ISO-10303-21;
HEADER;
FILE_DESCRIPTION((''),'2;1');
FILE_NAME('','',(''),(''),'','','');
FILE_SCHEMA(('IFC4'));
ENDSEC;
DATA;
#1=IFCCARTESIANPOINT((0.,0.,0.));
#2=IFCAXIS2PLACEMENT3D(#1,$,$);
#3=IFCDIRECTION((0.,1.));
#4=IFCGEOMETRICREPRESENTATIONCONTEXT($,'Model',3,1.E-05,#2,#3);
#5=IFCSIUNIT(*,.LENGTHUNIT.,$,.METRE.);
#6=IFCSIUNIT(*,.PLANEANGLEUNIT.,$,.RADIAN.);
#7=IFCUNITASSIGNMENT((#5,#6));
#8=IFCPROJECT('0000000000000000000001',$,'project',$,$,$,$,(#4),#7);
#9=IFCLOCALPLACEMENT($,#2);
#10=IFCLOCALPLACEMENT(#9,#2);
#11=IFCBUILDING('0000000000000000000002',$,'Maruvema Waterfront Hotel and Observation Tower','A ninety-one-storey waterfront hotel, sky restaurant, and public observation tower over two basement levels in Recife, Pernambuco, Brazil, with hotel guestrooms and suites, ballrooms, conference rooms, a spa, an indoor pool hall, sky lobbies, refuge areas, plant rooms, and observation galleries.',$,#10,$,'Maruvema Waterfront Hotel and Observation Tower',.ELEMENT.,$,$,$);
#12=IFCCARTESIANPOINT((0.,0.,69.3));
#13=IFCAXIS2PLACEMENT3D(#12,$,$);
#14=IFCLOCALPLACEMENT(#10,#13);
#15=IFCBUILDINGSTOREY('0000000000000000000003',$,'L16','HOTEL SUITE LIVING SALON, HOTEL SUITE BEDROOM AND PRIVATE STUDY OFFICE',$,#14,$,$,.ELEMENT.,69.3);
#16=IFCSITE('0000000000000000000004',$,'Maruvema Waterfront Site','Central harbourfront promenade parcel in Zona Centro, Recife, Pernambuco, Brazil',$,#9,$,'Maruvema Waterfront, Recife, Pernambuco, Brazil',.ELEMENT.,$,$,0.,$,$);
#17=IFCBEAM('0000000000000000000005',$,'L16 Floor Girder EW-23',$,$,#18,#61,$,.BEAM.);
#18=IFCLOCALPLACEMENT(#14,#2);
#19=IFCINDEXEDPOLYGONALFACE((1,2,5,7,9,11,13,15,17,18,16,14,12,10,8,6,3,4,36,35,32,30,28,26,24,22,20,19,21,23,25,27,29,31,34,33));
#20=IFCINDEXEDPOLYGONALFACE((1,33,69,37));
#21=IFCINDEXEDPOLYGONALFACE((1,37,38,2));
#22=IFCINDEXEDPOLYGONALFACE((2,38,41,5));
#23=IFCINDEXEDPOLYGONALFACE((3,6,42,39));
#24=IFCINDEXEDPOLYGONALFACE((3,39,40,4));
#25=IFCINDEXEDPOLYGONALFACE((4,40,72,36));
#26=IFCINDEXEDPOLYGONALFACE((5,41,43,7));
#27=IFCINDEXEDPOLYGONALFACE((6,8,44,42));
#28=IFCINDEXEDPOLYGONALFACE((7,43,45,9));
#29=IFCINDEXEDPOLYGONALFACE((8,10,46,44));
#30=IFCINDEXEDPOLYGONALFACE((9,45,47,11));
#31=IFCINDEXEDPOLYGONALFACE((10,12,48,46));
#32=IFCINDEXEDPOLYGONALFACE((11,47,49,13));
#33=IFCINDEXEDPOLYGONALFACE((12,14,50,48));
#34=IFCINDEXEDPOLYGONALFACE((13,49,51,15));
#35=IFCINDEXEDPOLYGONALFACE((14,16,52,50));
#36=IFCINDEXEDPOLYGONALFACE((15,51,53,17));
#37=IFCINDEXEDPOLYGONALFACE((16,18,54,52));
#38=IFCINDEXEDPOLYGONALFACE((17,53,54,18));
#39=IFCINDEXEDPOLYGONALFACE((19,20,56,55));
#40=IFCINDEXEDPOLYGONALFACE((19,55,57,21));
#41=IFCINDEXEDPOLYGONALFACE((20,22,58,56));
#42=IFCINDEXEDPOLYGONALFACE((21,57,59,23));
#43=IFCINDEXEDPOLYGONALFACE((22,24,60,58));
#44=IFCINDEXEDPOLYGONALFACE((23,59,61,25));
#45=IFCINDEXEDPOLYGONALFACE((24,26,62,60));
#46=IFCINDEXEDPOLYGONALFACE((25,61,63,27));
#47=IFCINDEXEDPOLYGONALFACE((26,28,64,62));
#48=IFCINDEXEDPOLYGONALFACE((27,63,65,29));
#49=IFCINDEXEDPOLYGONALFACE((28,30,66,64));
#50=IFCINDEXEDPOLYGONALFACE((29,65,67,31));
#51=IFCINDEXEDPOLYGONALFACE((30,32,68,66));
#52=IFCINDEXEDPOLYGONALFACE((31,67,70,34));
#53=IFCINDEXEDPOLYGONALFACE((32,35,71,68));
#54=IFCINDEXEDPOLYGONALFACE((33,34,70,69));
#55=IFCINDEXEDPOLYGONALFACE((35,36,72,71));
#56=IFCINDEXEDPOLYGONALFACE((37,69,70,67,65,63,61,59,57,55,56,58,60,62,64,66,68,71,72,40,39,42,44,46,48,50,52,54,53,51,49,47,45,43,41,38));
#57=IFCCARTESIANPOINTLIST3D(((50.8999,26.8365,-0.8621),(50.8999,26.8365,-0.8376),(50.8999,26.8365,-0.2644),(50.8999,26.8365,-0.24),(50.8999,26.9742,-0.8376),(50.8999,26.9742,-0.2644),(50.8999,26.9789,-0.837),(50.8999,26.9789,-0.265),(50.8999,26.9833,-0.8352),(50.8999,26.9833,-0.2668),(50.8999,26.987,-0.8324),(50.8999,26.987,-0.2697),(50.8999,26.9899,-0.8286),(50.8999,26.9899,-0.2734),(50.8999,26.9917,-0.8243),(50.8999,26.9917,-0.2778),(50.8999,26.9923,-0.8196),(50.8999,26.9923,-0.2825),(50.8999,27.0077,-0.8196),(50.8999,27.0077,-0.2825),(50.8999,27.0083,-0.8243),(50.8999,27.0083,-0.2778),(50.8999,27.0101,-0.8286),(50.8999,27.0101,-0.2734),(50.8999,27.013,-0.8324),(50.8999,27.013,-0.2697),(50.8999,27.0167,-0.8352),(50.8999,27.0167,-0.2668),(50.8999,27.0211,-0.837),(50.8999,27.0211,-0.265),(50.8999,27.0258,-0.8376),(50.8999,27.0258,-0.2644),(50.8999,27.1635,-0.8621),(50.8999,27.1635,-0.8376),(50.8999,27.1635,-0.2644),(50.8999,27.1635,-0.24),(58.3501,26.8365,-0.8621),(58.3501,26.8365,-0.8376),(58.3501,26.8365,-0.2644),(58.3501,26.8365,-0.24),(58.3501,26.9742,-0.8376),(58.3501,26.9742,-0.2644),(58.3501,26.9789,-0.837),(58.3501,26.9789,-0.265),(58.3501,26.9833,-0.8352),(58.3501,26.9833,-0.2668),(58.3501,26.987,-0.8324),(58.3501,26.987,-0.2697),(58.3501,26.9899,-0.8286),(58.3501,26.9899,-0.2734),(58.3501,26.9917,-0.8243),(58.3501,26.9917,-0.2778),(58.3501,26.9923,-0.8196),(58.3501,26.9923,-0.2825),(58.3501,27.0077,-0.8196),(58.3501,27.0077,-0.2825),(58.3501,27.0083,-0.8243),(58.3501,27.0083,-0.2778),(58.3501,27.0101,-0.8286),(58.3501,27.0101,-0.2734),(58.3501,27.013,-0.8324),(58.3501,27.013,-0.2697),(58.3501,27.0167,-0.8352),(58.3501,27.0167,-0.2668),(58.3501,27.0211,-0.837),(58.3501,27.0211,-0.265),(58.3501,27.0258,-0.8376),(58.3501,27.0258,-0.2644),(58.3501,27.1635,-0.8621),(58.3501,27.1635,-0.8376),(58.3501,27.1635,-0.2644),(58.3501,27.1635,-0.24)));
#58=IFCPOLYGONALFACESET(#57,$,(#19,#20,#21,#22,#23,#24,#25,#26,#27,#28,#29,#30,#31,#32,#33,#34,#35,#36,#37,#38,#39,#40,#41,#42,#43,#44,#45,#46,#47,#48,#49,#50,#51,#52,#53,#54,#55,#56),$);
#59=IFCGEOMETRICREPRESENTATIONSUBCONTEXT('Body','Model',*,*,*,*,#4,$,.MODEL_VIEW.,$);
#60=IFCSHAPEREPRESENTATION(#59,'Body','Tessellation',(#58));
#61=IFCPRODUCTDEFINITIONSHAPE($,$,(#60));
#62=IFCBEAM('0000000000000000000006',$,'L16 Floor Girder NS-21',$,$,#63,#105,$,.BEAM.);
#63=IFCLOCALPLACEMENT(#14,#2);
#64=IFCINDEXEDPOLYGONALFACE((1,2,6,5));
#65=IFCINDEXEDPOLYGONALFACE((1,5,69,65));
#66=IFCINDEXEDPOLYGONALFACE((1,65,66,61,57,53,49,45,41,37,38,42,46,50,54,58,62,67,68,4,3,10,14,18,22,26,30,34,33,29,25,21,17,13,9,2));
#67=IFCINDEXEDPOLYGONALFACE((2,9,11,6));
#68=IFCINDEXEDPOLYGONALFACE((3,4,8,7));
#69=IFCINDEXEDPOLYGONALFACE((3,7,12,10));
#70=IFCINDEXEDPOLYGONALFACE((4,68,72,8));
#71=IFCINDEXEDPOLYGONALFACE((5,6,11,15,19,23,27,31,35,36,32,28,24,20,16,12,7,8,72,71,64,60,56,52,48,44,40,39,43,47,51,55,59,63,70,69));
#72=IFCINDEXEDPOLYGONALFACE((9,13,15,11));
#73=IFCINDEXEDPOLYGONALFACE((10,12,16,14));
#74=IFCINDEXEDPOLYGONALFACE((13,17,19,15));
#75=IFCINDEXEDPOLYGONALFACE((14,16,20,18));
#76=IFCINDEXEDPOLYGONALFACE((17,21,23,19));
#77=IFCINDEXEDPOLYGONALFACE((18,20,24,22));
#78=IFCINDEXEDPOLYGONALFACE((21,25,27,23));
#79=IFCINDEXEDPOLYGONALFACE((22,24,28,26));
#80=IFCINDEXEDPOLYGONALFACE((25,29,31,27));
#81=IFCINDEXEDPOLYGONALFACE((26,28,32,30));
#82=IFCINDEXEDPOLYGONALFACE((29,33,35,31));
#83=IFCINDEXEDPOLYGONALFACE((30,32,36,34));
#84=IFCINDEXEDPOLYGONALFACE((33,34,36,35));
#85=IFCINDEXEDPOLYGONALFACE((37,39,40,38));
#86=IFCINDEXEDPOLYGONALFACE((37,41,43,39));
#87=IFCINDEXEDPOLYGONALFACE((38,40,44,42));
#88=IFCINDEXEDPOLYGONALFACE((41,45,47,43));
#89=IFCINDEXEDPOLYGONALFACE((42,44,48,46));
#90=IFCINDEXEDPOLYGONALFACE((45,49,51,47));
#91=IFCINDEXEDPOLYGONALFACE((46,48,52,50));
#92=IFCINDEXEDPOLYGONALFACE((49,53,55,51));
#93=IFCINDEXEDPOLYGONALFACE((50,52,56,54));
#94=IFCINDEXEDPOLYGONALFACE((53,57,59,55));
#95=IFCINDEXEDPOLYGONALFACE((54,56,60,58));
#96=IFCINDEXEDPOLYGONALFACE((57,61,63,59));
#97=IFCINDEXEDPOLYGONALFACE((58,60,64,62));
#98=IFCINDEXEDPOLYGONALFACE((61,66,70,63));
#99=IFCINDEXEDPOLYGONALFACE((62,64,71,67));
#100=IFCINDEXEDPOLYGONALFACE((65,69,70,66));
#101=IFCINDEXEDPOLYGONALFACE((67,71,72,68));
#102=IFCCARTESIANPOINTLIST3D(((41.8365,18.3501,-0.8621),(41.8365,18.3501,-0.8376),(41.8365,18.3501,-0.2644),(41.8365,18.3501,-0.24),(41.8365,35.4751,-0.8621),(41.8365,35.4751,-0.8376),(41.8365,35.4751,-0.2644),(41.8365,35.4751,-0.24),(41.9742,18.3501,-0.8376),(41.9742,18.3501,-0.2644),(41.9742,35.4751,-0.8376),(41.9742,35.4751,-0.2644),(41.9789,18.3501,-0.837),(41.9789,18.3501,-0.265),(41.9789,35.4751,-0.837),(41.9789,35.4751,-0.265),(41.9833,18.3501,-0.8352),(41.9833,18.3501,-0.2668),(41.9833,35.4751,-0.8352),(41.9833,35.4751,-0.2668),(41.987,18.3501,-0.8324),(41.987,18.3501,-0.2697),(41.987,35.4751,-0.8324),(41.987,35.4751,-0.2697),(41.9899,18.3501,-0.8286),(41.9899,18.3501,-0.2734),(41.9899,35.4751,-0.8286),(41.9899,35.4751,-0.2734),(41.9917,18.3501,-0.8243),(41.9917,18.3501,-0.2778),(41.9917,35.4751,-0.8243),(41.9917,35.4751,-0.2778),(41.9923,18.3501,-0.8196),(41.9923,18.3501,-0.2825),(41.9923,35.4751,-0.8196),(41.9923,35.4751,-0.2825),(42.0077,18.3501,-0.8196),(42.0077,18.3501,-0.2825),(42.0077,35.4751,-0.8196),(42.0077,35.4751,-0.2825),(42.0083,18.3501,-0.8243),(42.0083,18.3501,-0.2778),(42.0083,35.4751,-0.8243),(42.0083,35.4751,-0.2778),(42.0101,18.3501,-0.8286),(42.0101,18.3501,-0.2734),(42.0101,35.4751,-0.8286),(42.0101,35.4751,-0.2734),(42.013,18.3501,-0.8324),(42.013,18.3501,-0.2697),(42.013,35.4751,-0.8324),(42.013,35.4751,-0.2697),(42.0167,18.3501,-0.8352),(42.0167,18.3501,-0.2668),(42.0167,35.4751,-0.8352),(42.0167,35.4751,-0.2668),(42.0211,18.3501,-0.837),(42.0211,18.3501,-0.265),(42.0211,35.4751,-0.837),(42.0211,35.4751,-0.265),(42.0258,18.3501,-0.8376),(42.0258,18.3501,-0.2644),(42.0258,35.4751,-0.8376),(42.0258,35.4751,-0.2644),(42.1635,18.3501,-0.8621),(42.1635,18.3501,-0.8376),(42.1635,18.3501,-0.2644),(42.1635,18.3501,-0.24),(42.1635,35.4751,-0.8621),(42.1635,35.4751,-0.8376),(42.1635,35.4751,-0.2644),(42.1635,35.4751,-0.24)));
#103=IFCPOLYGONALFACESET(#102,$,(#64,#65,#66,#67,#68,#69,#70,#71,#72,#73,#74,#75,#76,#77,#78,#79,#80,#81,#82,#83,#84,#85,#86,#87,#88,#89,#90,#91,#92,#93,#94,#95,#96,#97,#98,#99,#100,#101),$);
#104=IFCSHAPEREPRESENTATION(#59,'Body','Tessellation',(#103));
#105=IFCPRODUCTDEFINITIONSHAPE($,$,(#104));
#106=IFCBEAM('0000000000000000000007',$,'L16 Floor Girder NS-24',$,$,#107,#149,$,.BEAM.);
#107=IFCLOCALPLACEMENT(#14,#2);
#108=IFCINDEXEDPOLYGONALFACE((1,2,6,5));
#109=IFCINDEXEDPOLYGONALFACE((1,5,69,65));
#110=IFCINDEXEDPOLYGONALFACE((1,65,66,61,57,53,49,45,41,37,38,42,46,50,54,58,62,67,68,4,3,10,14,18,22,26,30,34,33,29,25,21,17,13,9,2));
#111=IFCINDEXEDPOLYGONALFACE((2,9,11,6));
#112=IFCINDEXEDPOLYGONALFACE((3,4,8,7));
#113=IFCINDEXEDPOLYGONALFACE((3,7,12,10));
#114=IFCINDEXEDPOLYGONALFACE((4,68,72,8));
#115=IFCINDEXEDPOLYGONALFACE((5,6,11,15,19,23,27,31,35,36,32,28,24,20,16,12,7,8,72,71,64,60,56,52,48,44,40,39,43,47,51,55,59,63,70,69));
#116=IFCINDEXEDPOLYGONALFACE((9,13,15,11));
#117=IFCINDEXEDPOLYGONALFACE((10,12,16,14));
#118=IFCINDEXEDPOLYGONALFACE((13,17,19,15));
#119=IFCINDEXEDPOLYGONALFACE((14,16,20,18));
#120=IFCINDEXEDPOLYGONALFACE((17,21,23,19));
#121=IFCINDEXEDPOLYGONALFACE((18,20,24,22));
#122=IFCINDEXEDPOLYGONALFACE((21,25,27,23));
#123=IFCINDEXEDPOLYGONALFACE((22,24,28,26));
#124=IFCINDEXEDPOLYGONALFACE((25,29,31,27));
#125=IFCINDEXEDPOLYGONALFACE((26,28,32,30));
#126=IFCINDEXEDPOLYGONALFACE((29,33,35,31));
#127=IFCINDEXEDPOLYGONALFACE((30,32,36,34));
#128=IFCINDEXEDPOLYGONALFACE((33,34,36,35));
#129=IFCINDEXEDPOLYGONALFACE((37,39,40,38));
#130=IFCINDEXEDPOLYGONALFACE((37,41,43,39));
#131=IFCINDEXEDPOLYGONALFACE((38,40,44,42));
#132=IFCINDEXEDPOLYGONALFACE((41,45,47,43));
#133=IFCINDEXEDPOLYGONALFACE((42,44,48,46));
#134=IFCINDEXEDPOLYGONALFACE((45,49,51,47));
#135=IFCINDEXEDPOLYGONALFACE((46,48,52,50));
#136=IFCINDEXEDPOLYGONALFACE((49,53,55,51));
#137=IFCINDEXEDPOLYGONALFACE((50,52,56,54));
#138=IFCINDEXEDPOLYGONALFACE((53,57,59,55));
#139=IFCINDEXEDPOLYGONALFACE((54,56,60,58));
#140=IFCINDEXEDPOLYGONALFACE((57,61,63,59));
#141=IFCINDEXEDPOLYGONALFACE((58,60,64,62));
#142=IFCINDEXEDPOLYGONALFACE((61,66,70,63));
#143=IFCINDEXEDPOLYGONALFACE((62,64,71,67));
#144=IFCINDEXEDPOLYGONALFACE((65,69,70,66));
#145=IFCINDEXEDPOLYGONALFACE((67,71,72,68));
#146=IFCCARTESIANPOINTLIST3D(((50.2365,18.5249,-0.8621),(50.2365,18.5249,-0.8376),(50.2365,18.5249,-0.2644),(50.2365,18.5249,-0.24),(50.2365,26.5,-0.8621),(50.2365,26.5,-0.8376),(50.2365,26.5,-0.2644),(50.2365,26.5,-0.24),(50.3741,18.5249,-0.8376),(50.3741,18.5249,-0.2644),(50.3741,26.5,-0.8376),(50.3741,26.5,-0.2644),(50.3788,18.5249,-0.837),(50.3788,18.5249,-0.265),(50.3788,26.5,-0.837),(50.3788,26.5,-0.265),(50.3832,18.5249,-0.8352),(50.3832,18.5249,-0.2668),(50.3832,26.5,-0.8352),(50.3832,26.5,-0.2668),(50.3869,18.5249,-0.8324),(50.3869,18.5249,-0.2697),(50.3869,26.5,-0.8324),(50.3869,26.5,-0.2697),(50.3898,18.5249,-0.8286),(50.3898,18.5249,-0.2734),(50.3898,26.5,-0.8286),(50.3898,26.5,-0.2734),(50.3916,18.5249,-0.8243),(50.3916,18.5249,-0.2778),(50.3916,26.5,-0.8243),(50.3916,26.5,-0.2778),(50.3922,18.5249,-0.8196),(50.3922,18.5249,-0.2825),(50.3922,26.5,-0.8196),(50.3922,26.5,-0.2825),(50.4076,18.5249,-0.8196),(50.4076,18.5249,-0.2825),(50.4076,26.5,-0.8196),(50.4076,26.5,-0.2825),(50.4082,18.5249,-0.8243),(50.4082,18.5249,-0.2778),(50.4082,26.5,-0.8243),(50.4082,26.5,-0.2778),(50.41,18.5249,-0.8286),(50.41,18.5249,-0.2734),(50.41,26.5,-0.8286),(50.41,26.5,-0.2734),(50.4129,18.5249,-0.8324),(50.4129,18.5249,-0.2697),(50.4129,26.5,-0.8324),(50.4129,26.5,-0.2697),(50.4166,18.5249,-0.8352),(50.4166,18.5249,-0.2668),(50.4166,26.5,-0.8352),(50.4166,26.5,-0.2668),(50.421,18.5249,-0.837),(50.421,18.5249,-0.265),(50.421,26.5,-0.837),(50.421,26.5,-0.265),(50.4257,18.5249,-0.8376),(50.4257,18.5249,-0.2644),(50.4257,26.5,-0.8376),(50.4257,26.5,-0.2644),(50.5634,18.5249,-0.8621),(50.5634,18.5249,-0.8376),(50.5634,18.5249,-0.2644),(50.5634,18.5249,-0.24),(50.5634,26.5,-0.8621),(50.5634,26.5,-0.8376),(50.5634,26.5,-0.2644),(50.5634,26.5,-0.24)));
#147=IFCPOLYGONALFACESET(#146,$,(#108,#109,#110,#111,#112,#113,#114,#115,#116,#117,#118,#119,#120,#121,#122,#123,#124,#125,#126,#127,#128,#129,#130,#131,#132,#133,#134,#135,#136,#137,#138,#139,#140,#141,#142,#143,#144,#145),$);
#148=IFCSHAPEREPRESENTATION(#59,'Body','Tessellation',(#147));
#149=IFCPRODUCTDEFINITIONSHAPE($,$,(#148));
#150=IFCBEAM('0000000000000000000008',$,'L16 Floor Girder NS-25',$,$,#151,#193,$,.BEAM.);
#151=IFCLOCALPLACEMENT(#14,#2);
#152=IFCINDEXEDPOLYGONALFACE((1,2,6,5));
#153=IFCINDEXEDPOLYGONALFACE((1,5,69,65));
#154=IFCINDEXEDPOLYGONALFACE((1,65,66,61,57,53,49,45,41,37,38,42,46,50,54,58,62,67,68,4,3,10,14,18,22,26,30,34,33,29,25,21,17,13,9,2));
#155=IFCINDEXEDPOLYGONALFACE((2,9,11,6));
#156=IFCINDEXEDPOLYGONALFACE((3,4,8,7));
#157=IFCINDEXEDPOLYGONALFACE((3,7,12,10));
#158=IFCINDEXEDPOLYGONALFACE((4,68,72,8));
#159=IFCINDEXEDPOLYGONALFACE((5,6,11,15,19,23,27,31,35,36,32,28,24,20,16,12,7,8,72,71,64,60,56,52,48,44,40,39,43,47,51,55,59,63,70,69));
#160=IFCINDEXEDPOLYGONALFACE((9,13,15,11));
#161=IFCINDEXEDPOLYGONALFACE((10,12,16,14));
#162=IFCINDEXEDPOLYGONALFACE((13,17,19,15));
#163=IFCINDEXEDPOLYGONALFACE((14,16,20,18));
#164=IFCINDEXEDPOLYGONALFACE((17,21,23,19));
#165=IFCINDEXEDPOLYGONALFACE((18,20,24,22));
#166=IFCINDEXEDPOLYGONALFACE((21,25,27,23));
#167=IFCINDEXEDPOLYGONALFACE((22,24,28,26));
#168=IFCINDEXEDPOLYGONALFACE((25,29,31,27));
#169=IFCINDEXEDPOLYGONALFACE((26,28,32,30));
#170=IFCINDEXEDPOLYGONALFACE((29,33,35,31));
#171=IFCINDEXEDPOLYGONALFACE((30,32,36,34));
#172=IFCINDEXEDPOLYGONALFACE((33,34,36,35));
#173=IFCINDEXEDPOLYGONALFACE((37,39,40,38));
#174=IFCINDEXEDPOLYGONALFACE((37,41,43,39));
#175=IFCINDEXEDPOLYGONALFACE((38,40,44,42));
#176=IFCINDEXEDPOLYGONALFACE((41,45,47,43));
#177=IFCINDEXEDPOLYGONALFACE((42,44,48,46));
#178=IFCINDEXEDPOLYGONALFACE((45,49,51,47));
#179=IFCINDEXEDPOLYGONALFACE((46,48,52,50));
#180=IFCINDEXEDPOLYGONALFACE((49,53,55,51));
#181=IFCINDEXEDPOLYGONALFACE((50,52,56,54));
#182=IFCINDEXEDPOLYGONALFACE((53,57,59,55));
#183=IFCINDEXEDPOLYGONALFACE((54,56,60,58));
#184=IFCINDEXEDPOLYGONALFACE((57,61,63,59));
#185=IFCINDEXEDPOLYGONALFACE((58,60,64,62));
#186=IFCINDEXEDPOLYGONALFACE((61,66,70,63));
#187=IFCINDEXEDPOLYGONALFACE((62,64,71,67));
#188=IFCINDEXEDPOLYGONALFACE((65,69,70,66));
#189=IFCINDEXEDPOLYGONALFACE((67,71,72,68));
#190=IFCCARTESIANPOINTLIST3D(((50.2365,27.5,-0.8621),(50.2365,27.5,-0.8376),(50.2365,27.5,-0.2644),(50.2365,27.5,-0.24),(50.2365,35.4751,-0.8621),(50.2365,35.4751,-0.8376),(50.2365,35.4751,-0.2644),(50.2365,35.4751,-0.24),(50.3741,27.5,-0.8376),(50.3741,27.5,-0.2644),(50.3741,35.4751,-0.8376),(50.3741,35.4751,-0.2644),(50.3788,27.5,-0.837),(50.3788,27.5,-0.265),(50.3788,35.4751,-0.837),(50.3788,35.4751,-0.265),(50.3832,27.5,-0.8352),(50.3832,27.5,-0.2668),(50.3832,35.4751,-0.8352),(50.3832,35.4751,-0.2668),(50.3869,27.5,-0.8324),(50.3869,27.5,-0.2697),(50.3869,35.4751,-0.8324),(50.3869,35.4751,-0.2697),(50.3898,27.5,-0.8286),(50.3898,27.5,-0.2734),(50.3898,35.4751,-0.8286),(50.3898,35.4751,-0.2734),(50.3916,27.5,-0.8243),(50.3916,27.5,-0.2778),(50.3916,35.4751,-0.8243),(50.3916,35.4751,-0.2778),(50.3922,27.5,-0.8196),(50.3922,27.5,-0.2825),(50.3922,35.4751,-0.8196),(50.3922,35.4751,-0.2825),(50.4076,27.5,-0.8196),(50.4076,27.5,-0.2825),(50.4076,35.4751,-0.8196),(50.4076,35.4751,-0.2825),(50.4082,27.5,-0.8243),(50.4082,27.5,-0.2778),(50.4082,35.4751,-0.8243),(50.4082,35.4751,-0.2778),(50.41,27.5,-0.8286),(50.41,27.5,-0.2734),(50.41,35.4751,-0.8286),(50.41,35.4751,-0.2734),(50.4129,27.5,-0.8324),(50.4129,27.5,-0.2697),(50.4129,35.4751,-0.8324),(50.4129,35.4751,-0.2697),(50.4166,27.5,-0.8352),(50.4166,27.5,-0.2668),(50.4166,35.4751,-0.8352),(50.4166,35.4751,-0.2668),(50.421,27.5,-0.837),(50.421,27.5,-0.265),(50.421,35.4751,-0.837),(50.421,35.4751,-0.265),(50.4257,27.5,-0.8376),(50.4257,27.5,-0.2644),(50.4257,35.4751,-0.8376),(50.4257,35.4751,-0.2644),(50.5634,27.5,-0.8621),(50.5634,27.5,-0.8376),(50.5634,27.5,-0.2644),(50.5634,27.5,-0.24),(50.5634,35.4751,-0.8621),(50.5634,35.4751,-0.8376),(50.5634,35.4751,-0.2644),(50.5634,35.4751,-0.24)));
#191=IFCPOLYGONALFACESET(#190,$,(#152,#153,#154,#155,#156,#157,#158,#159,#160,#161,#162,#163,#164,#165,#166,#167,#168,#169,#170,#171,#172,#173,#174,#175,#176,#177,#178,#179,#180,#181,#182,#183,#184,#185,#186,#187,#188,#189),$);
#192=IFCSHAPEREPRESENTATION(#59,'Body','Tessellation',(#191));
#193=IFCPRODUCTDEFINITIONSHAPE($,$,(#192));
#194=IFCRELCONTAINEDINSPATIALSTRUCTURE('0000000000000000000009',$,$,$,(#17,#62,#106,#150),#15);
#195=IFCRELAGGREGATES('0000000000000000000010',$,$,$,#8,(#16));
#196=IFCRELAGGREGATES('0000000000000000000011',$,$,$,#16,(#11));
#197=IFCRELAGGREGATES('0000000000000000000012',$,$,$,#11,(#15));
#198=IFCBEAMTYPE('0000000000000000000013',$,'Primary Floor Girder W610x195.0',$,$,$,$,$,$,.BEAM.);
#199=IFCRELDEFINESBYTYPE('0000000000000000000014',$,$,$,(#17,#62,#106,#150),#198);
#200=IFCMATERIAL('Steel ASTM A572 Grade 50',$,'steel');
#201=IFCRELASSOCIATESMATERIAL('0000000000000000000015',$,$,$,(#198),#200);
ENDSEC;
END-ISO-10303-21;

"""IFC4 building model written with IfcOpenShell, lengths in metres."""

from ifc_helpers import new_model, si_unit, direction, frame, origin, origin_2d, place, context, subcontext, project, spatial, i_section, extrude, material, material_profile, profile_set, type_object, element, save


model = new_model("IFC4")

# Units and contexts
model_context = context("Model", 3, precision=1e-05, world=origin(), true_north=direction((0.0, 1.0)))
body_context = subcontext(model_context, "Body", "Model", "MODEL_VIEW")
ifc_project = project(units=[si_unit("LENGTHUNIT", "METRE"), si_unit("PLANEANGLEUNIT", "RADIAN")], contexts=[model_context])

# Site, building, storey
site_placement = place(None, origin())
site = spatial("IfcSite", under=ifc_project, at=site_placement, Name="Maruvema Waterfront Site", Description="Central harbourfront promenade parcel in Zona Centro, Recife, Pernambuco, Brazil", LongName="Maruvema Waterfront, Recife, Pernambuco, Brazil", CompositionType="ELEMENT", RefElevation=0.0)
building_placement = place(site_placement, origin())
building = spatial("IfcBuilding", under=site, at=building_placement, Name="Maruvema Waterfront Hotel and Observation Tower", Description="A ninety-one-storey waterfront hotel, sky restaurant, and public observation tower over two basement levels in Recife, Pernambuco, Brazil, with hotel guestrooms and suites, ballrooms, conference rooms, a spa, an indoor pool hall, sky lobbies, refuge areas, plant rooms, and observation galleries.", LongName="Maruvema Waterfront Hotel and Observation Tower", CompositionType="ELEMENT")
storey_placement = place(building_placement, frame((0.0, 0.0, 69.3)))
storey = spatial("IfcBuildingStorey", under=building, at=storey_placement, Name="L16", Description="HOTEL SUITE LIVING SALON, HOTEL SUITE BEDROOM AND PRIVATE STUDY OFFICE", CompositionType="ELEMENT", Elevation=69.3)

# Beams
ifc_material_1 = material(Name="Steel ASTM A572 Grade 50", Category="steel")
ifc_material_profile_1 = material_profile(ifc_material_1, i_section(OverallWidth=0.3269, OverallDepth=0.6221, WebThickness=0.0154, FlangeThickness=0.0244, FilletRadius=0.0181, at=origin_2d()), Name="W610x195.0")
ifc_profile_set_1 = profile_set([ifc_material_profile_1], Name="Steel ASTM A572 Grade 50")
beam_type_1 = type_object("IfcBeamType", Name="Primary Floor Girder W610x195.0", PredefinedType="BEAM", material=ifc_profile_set_1)
beam_1_placement = place(storey_placement, frame((50.8999, 27.0, -0.551), z_axis=(1.0, 0.0, 0.0), x_axis=(0.0, 1.0, 0.0)))
element("IfcBeam", 1, at=beam_1_placement, inside=storey, type_object=beam_type_1, Name="L16 Floor Girder EW-23", PredefinedType="BEAM", context=body_context, shape_type="SweptSolid", body=[
    extrude(i_section(OverallWidth=0.3269, OverallDepth=0.6221, WebThickness=0.0154, FlangeThickness=0.0244, FilletRadius=0.0181, at=origin_2d()), origin(), (0.0, 0.0, 1.0), 7.4502),
])
beam_2_placement = place(storey_placement, frame((42.0, 18.3501, -0.551), z_axis=(0.0, 1.0, 0.0), x_axis=(-1.0, 0.0, 0.0)))
element("IfcBeam", 2, at=beam_2_placement, inside=storey, type_object=beam_type_1, Name="L16 Floor Girder NS-21", PredefinedType="BEAM", context=body_context, shape_type="SweptSolid", body=[
    extrude(i_section(OverallWidth=0.3269, OverallDepth=0.6221, WebThickness=0.0154, FlangeThickness=0.0244, FilletRadius=0.0181, at=origin_2d()), origin(), (0.0, 0.0, 1.0), 17.125),
])
for number, where, z_axis, x_axis, name in (
    (3, (50.3999, 18.5249, -0.551), (0.0, 1.0, 0.0), (-1.0, 0.0, 0.0), "L16 Floor Girder NS-24"),
    (4, (50.3999, 27.5, -0.551), (0.0, 1.0, 0.0), (-1.0, 0.0, 0.0), "L16 Floor Girder NS-25"),
):
    element("IfcBeam", number, at=place(storey_placement, frame(where, z_axis=z_axis, x_axis=x_axis)), inside=storey, type_object=beam_type_1, Name=name, PredefinedType="BEAM", context=body_context, shape_type="SweptSolid", body=[
        extrude(i_section(OverallWidth=0.3269, OverallDepth=0.6221, WebThickness=0.0154, FlangeThickness=0.0244, FilletRadius=0.0181, at=origin_2d()), origin(), (0.0, 0.0, 1.0), 7.9751),
    ])

save(model, "model.ifc")
